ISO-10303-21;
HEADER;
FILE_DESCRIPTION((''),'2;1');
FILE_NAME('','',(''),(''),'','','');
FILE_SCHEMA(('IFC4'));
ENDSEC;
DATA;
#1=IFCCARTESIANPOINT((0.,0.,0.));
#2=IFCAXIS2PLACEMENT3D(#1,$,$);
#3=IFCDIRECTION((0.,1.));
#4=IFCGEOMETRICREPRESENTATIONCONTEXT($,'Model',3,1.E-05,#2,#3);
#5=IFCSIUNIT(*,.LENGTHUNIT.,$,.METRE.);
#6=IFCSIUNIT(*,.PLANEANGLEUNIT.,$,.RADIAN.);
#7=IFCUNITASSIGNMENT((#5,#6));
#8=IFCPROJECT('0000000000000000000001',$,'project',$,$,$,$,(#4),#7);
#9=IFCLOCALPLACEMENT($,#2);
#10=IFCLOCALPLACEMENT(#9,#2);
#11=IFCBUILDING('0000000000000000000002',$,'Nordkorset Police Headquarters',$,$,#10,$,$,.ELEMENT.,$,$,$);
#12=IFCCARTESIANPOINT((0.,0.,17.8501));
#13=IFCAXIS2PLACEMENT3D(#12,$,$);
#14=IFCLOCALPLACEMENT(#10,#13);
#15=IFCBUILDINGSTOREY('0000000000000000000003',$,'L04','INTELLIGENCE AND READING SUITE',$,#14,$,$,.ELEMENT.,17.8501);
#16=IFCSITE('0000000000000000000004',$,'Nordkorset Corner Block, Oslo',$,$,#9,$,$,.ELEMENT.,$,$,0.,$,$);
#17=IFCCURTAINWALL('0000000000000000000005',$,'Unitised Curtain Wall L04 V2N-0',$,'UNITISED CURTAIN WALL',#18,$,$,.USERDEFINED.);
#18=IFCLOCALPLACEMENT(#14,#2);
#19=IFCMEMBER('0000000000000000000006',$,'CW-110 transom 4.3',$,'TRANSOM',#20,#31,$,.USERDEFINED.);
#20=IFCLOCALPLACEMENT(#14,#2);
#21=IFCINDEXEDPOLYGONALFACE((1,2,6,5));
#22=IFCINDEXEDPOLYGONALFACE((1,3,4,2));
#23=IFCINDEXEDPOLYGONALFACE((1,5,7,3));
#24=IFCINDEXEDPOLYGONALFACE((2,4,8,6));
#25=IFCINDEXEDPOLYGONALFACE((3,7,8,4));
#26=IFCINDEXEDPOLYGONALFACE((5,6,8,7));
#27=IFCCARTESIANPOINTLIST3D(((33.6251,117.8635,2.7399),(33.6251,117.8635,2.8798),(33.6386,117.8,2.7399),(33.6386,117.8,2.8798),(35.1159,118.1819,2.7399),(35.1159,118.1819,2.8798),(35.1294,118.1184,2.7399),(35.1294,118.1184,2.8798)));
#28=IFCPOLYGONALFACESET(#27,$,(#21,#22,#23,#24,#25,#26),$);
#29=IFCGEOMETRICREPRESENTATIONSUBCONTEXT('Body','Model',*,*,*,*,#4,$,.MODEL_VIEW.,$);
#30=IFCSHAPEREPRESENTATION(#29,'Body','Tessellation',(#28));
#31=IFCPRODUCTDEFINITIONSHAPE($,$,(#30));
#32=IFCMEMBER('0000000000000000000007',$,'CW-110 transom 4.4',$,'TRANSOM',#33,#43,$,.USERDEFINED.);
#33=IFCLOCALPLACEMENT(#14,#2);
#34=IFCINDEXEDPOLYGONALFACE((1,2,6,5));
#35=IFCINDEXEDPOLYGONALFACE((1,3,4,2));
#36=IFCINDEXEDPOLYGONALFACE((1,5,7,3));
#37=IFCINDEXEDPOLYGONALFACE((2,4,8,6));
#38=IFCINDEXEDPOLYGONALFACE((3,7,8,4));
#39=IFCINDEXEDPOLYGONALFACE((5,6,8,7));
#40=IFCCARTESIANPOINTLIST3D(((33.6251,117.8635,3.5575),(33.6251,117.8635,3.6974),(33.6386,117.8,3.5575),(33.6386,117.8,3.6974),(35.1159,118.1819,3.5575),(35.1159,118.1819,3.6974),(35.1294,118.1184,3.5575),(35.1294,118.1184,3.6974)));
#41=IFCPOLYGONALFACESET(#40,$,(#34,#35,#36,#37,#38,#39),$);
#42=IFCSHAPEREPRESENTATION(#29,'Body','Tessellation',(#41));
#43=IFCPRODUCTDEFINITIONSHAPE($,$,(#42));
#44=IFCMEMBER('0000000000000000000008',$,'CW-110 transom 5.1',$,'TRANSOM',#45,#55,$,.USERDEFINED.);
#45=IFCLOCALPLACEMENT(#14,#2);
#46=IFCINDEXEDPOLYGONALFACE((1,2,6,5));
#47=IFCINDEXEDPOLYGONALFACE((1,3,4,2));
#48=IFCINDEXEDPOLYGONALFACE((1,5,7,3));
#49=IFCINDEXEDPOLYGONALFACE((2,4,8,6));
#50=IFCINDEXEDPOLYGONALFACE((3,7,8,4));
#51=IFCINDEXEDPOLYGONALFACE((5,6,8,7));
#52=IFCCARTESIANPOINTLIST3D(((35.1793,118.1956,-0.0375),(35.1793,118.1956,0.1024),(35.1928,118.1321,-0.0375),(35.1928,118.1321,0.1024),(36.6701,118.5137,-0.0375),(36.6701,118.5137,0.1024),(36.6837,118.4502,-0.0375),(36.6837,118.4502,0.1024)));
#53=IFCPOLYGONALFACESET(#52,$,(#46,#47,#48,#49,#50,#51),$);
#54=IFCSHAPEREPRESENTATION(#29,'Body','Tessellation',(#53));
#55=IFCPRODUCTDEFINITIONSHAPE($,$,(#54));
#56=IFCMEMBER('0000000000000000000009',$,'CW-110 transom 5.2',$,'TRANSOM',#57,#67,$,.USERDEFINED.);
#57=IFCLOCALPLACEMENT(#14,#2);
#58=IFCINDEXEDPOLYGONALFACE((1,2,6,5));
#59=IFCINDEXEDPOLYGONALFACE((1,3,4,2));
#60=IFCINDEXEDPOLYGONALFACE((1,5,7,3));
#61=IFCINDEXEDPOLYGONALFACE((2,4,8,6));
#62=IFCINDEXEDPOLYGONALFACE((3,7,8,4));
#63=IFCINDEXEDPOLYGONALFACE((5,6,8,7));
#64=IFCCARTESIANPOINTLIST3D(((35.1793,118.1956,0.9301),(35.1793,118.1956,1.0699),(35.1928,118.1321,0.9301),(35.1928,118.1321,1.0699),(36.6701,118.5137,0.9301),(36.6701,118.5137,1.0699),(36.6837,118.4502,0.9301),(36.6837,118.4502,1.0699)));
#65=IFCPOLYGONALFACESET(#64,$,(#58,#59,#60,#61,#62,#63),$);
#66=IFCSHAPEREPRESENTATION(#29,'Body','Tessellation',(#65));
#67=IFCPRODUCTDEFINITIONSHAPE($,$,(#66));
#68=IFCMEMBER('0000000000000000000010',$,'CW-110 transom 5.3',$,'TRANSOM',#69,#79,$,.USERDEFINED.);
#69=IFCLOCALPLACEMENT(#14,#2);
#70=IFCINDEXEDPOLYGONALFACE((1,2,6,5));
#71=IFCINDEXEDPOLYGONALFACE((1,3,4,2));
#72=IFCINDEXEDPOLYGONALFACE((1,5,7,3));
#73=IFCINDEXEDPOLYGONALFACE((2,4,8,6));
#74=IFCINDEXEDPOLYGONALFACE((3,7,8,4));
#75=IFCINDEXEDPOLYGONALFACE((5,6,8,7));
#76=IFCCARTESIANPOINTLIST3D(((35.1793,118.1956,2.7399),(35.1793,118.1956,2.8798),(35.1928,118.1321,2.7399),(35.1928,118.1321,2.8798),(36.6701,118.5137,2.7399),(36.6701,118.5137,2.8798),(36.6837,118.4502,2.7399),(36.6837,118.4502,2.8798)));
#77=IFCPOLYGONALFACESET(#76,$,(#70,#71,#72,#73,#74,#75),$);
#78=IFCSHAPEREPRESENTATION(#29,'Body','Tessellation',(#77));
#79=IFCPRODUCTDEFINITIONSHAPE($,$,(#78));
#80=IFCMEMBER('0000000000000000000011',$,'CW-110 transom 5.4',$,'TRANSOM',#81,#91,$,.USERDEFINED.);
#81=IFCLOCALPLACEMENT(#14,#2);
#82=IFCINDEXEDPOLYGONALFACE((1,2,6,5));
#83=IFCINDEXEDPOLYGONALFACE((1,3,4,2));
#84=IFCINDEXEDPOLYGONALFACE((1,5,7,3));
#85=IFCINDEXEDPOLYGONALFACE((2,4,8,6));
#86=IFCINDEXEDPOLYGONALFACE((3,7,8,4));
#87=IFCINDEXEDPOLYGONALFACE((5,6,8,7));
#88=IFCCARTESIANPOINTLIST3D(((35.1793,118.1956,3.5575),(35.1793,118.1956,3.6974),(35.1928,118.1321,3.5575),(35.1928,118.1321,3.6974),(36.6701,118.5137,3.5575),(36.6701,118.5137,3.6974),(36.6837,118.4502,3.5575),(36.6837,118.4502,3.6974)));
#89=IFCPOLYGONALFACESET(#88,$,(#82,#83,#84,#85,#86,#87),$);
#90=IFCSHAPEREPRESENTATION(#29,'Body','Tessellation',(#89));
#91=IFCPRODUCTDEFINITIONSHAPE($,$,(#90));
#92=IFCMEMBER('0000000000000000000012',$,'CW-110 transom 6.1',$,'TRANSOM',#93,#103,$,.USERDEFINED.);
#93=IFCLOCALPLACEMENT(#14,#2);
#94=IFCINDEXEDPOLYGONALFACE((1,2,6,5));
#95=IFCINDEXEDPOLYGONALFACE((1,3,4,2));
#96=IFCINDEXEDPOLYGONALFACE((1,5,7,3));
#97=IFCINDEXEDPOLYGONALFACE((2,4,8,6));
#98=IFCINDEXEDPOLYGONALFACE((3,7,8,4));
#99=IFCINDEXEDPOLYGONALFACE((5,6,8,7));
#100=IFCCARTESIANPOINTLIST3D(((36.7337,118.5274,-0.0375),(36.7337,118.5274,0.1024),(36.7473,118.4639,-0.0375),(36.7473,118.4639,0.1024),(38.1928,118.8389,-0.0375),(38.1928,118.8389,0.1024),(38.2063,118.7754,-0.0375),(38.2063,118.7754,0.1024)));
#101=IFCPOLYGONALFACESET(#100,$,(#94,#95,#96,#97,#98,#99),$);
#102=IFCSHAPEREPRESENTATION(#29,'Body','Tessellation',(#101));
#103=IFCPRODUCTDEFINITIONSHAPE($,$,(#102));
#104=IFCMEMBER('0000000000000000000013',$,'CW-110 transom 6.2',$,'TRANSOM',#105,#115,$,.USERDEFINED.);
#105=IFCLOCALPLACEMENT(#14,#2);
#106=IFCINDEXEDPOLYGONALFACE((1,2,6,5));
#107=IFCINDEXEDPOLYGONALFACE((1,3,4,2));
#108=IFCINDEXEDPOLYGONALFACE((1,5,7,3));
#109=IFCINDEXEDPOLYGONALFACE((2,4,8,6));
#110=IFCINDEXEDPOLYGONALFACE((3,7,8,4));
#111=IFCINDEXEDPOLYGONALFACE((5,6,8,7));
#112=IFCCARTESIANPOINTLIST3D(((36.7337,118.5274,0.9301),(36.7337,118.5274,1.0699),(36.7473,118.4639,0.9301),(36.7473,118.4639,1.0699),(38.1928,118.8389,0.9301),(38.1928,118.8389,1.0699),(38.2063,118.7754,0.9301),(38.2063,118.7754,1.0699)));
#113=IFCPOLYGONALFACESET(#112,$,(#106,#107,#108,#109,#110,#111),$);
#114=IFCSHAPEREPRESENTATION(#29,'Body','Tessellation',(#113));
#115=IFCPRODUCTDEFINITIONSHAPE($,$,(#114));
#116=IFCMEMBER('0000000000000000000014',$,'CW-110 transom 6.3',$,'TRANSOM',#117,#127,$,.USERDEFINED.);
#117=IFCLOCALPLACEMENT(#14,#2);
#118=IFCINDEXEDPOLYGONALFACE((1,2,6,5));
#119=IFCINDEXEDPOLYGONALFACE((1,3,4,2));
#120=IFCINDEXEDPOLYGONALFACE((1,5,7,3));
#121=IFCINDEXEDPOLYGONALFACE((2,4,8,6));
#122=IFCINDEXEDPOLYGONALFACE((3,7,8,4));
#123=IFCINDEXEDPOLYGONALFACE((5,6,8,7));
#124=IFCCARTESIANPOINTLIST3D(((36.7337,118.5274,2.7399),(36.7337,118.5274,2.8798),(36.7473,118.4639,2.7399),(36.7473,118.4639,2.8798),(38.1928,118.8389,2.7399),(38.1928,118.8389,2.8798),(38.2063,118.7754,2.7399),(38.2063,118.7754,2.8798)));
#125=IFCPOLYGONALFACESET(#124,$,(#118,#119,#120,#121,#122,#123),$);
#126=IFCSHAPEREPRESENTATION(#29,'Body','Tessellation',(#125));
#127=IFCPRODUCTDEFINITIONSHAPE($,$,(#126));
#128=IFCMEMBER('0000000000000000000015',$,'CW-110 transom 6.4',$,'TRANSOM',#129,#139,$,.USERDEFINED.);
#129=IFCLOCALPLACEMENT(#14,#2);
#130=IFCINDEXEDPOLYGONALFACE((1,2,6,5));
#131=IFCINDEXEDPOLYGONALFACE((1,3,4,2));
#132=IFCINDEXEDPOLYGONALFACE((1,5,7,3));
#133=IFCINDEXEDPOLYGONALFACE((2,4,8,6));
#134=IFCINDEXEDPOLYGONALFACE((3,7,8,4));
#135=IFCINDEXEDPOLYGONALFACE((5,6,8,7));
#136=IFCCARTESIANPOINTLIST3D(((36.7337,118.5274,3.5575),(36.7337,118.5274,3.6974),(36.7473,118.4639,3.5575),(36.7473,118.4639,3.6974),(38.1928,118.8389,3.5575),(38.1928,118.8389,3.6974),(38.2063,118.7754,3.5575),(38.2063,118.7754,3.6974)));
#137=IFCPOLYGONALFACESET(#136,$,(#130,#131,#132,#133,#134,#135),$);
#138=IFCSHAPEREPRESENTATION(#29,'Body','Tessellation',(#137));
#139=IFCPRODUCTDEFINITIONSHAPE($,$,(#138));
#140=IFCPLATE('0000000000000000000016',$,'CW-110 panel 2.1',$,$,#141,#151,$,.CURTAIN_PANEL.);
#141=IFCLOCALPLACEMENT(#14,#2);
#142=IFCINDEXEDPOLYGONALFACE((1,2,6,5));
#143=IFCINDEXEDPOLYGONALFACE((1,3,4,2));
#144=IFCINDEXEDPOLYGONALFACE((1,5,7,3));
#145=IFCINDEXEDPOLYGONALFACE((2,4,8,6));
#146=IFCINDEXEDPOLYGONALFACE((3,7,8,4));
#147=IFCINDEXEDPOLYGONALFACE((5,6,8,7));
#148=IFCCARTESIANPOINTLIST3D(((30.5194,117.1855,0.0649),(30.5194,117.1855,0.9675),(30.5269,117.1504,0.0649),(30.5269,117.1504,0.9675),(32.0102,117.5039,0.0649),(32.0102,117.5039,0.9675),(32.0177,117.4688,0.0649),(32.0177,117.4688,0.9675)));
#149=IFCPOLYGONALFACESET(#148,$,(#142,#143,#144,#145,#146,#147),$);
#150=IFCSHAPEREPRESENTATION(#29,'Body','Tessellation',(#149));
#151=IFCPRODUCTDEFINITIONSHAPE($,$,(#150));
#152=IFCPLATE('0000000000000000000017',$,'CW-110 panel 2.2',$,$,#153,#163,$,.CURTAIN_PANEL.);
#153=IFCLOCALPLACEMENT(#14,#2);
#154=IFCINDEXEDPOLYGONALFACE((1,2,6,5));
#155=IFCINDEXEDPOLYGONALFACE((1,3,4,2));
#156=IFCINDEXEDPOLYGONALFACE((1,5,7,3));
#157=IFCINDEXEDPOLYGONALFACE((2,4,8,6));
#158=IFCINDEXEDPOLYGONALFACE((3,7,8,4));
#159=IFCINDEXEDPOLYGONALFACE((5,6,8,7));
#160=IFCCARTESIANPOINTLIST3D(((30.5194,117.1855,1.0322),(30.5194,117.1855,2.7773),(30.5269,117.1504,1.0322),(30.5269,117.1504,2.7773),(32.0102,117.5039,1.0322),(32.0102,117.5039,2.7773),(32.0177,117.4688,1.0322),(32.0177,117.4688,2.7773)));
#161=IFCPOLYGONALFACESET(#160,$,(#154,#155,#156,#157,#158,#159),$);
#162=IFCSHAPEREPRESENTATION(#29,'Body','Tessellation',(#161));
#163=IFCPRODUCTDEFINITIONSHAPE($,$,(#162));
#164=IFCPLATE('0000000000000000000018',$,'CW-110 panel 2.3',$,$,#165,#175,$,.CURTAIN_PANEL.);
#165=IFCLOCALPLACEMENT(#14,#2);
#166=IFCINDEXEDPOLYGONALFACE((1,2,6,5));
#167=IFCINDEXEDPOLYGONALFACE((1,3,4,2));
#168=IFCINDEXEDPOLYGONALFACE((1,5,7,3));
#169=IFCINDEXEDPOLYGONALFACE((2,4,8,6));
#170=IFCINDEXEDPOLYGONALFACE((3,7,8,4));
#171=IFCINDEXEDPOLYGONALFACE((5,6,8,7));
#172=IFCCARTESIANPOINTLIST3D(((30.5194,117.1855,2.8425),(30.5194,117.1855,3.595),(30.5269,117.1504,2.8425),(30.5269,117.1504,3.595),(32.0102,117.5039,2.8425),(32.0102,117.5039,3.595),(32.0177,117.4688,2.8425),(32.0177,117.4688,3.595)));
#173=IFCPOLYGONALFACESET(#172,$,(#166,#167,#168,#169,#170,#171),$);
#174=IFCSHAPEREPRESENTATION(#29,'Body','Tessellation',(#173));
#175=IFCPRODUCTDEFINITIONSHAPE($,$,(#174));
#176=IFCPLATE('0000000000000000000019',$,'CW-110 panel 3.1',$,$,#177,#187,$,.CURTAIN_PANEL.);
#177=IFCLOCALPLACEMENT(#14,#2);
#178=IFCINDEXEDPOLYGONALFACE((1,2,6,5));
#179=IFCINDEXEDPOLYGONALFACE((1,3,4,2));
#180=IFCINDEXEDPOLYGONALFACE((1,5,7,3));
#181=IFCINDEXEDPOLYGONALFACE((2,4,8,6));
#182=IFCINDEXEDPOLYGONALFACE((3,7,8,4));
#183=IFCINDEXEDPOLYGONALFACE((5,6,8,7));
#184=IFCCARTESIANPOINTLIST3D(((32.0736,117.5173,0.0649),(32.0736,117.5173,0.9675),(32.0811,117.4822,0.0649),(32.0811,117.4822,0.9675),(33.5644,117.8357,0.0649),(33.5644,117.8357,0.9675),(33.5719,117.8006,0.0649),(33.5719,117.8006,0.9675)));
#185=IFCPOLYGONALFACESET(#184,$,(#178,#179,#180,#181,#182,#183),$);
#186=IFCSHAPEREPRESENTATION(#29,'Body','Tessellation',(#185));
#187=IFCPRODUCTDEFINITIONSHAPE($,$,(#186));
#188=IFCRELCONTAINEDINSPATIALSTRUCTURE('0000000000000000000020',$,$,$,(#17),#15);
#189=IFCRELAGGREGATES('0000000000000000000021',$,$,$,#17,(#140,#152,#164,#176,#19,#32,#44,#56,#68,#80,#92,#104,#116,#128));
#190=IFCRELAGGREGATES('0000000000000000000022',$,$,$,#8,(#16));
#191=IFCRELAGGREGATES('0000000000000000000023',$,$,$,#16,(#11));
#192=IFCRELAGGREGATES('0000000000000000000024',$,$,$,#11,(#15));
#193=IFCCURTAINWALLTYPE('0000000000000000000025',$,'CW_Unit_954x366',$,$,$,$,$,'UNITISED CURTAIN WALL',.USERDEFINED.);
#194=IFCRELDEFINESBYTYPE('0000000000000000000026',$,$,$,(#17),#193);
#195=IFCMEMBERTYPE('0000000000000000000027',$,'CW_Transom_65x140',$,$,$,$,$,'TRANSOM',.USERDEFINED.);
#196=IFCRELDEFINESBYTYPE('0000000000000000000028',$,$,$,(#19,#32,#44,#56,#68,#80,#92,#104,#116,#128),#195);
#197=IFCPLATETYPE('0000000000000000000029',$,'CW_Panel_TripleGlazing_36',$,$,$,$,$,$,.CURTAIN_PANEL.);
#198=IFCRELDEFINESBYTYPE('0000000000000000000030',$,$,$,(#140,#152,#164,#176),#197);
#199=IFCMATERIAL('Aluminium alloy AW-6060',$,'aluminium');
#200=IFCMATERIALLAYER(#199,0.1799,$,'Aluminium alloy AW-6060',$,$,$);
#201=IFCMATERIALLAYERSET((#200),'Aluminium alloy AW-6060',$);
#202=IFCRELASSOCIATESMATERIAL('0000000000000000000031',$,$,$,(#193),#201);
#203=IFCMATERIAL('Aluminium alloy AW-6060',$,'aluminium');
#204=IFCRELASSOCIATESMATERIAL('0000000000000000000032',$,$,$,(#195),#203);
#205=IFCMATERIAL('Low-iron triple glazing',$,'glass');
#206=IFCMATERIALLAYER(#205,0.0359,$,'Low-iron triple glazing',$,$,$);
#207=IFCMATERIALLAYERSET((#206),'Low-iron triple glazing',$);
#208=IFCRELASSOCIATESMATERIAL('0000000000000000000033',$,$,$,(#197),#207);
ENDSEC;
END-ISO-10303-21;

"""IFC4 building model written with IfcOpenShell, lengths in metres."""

from ifc_helpers import new_model, si_unit, direction, frame, origin, origin_2d, place, context, subcontext, project, spatial, rectangle, extrude, material, layer, layer_set, material_profile, profile_set, type_object, element, aggregate, save


model = new_model("IFC4")

# Units and contexts
model_context = context("Model", 3, precision=1e-05, world=origin(), true_north=direction((0.0, 1.0)))
body_context = subcontext(model_context, "Body", "Model", "MODEL_VIEW")
ifc_project = project(units=[si_unit("LENGTHUNIT", "METRE"), si_unit("PLANEANGLEUNIT", "RADIAN")], contexts=[model_context])

# Site, building, storey
site_placement = place(None, origin())
site = spatial("IfcSite", under=ifc_project, at=site_placement, Name="Nordkorset Corner Block, Oslo", CompositionType="ELEMENT", RefElevation=0.0)
building_placement = place(site_placement, origin())
building = spatial("IfcBuilding", under=site, at=building_placement, Name="Nordkorset Police Headquarters", CompositionType="ELEMENT")
storey_placement = place(building_placement, frame((0.0, 0.0, 17.8501)))
storey = spatial("IfcBuildingStorey", under=building, at=storey_placement, Name="L04", Description="INTELLIGENCE AND READING SUITE", CompositionType="ELEMENT", Elevation=17.8501)

# Curtain wall, members, plates
ifc_material_1 = material(Name="Aluminium alloy AW-6060", Category="aluminium")
ifc_layer_1 = layer(ifc_material_1, 0.1799, Name="Aluminium alloy AW-6060")
ifc_layer_set_1 = layer_set([ifc_layer_1], Name="Aluminium alloy AW-6060")
curtain_wall_type = type_object("IfcCurtainWallType", Name="CW_Unit_954x366", ElementType="UNITISED CURTAIN WALL", PredefinedType="USERDEFINED", material=ifc_layer_set_1)
curtain_wall_placement = place(storey_placement, origin())
curtain_wall = element("IfcCurtainWall", 1, at=curtain_wall_placement, inside=storey, type_object=curtain_wall_type, Name="Unitised Curtain Wall L04 V2N-0", ObjectType="UNITISED CURTAIN WALL", PredefinedType="USERDEFINED")
ifc_material_2 = material(Name="Aluminium alloy AW-6060", Category="aluminium")
ifc_material_profile_1 = material_profile(ifc_material_2, rectangle(XDim=0.0649, YDim=0.1399, at=origin_2d()), Name="ALU TRAN 65x140")
ifc_profile_set_1 = profile_set([ifc_material_profile_1], Name="Aluminium alloy AW-6060")
member_type_1 = type_object("IfcMemberType", Name="CW_Transom_65x140", ElementType="TRANSOM", PredefinedType="USERDEFINED", material=ifc_profile_set_1)
member_1_placement = place(storey_placement, frame((33.6318, 117.8318, 2.8098), z_axis=(0.977947, 0.208851, 0.0), x_axis=(-0.208851, 0.977947, 0.0)))
member_1 = element("IfcMember", 2, at=member_1_placement, type_object=member_type_1, Name="CW-110 transom 4.3", ObjectType="TRANSOM", PredefinedType="USERDEFINED", context=body_context, shape_type="SweptSolid", body=[
    extrude(rectangle(XDim=0.0649, YDim=0.1399, at=origin_2d()), origin(), (0.0, 0.0, 1.0), 1.5244),
])
member_2_placement = place(storey_placement, frame((33.6318, 117.8318, 3.6274), z_axis=(0.977947, 0.208851, 0.0), x_axis=(-0.208851, 0.977947, 0.0)))
member_2 = element("IfcMember", 3, at=member_2_placement, type_object=member_type_1, Name="CW-110 transom 4.4", ObjectType="TRANSOM", PredefinedType="USERDEFINED", context=body_context, shape_type="SweptSolid", body=[
    extrude(rectangle(XDim=0.0649, YDim=0.1399, at=origin_2d()), origin(), (0.0, 0.0, 1.0), 1.5244),
])
member_3_placement = place(storey_placement, frame((35.186, 118.1638, 0.0325), z_axis=(0.977987, 0.208665, 0.0), x_axis=(-0.208665, 0.977987, 0.0)))
member_3 = element("IfcMember", 4, at=member_3_placement, type_object=member_type_1, Name="CW-110 transom 5.1", ObjectType="TRANSOM", PredefinedType="USERDEFINED", context=body_context, shape_type="SweptSolid", body=[
    extrude(rectangle(XDim=0.0649, YDim=0.1399, at=origin_2d()), origin(), (0.0, 0.0, 1.0), 1.5244),
])
member_4_placement = place(storey_placement, frame((35.186, 118.1638, 1.0), z_axis=(0.977987, 0.208665, 0.0), x_axis=(-0.208665, 0.977987, 0.0)))
member_4 = element("IfcMember", 5, at=member_4_placement, type_object=member_type_1, Name="CW-110 transom 5.2", ObjectType="TRANSOM", PredefinedType="USERDEFINED", context=body_context, shape_type="SweptSolid", body=[
    extrude(rectangle(XDim=0.0649, YDim=0.1399, at=origin_2d()), origin(), (0.0, 0.0, 1.0), 1.5244),
])
member_5_placement = place(storey_placement, frame((35.186, 118.1638, 2.8098), z_axis=(0.977987, 0.208665, 0.0), x_axis=(-0.208665, 0.977987, 0.0)))
member_5 = element("IfcMember", 6, at=member_5_placement, type_object=member_type_1, Name="CW-110 transom 5.3", ObjectType="TRANSOM", PredefinedType="USERDEFINED", context=body_context, shape_type="SweptSolid", body=[
    extrude(rectangle(XDim=0.0649, YDim=0.1399, at=origin_2d()), origin(), (0.0, 0.0, 1.0), 1.5244),
])
member_6_placement = place(storey_placement, frame((35.186, 118.1638, 3.6274), z_axis=(0.977987, 0.208665, 0.0), x_axis=(-0.208665, 0.977987, 0.0)))
member_6 = element("IfcMember", 7, at=member_6_placement, type_object=member_type_1, Name="CW-110 transom 5.4", ObjectType="TRANSOM", PredefinedType="USERDEFINED", context=body_context, shape_type="SweptSolid", body=[
    extrude(rectangle(XDim=0.0649, YDim=0.1399, at=origin_2d()), origin(), (0.0, 0.0, 1.0), 1.5244),
])
member_7_placement = place(storey_placement, frame((36.7405, 118.4956, 0.0325), z_axis=(0.977955, 0.208814, 0.0), x_axis=(-0.208814, 0.977955, 0.0)))
member_7 = element("IfcMember", 8, at=member_7_placement, type_object=member_type_1, Name="CW-110 transom 6.1", ObjectType="TRANSOM", PredefinedType="USERDEFINED", context=body_context, shape_type="SweptSolid", body=[
    extrude(rectangle(XDim=0.0649, YDim=0.1399, at=origin_2d()), origin(), (0.0, 0.0, 1.0), 1.4919),
])
member_8_placement = place(storey_placement, frame((36.7405, 118.4956, 1.0), z_axis=(0.977955, 0.208814, 0.0), x_axis=(-0.208814, 0.977955, 0.0)))
member_8 = element("IfcMember", 9, at=member_8_placement, type_object=member_type_1, Name="CW-110 transom 6.2", ObjectType="TRANSOM", PredefinedType="USERDEFINED", context=body_context, shape_type="SweptSolid", body=[
    extrude(rectangle(XDim=0.0649, YDim=0.1399, at=origin_2d()), origin(), (0.0, 0.0, 1.0), 1.4919),
])
member_9_placement = place(storey_placement, frame((36.7405, 118.4956, 2.8098), z_axis=(0.977955, 0.208814, 0.0), x_axis=(-0.208814, 0.977955, 0.0)))
member_9 = element("IfcMember", 10, at=member_9_placement, type_object=member_type_1, Name="CW-110 transom 6.3", ObjectType="TRANSOM", PredefinedType="USERDEFINED", context=body_context, shape_type="SweptSolid", body=[
    extrude(rectangle(XDim=0.0649, YDim=0.1399, at=origin_2d()), origin(), (0.0, 0.0, 1.0), 1.4919),
])
member_10_placement = place(storey_placement, frame((36.7405, 118.4956, 3.6274), z_axis=(0.977955, 0.208814, 0.0), x_axis=(-0.208814, 0.977955, 0.0)))
member_10 = element("IfcMember", 11, at=member_10_placement, type_object=member_type_1, Name="CW-110 transom 6.4", ObjectType="TRANSOM", PredefinedType="USERDEFINED", context=body_context, shape_type="SweptSolid", body=[
    extrude(rectangle(XDim=0.0649, YDim=0.1399, at=origin_2d()), origin(), (0.0, 0.0, 1.0), 1.4919),
])
ifc_material_3 = material(Name="Low-iron triple glazing", Category="glass")
ifc_layer_2 = layer(ifc_material_3, 0.0359, Name="Low-iron triple glazing")
ifc_layer_set_2 = layer_set([ifc_layer_2], Name="Low-iron triple glazing")
plate_type = type_object("IfcPlateType", Name="CW_Panel_TripleGlazing_36", PredefinedType="CURTAIN_PANEL", material=ifc_layer_set_2)
plate_1_placement = place(storey_placement, frame((31.2686, 117.3271, 0.0649), z_axis=(0.0, 0.0, 1.0), x_axis=(0.977951, 0.208833, 0.0)))
plate_1 = element("IfcPlate", 12, at=plate_1_placement, type_object=plate_type, Name="CW-110 panel 2.1", PredefinedType="CURTAIN_PANEL", context=body_context, shape_type="SweptSolid", body=[
    extrude(rectangle(XDim=1.5244, YDim=0.0359, at=origin_2d()), origin(), (0.0, 0.0, 1.0), 0.9026),
])
plate_2_placement = place(storey_placement, frame((31.2686, 117.3271, 1.0322), z_axis=(0.0, 0.0, 1.0), x_axis=(0.977951, 0.208833, 0.0)))
plate_2 = element("IfcPlate", 13, at=plate_2_placement, type_object=plate_type, Name="CW-110 panel 2.2", PredefinedType="CURTAIN_PANEL", context=body_context, shape_type="SweptSolid", body=[
    extrude(rectangle(XDim=1.5244, YDim=0.0359, at=origin_2d()), origin(), (0.0, 0.0, 1.0), 1.7451),
])
plate_3_placement = place(storey_placement, frame((31.2686, 117.3271, 2.8425), z_axis=(0.0, 0.0, 1.0), x_axis=(0.977951, 0.208833, 0.0)))
plate_3 = element("IfcPlate", 14, at=plate_3_placement, type_object=plate_type, Name="CW-110 panel 2.3", PredefinedType="CURTAIN_PANEL", context=body_context, shape_type="SweptSolid", body=[
    extrude(rectangle(XDim=1.5244, YDim=0.0359, at=origin_2d()), origin(), (0.0, 0.0, 1.0), 0.7524),
])
plate_4_placement = place(storey_placement, frame((32.8228, 117.6589, 0.0649), z_axis=(0.0, 0.0, 1.0), x_axis=(0.977951, 0.208833, 0.0)))
plate_4 = element("IfcPlate", 15, at=plate_4_placement, type_object=plate_type, Name="CW-110 panel 3.1", PredefinedType="CURTAIN_PANEL", context=body_context, shape_type="SweptSolid", body=[
    extrude(rectangle(XDim=1.5244, YDim=0.0359, at=origin_2d()), origin(), (0.0, 0.0, 1.0), 0.9026),
])
aggregate(curtain_wall, [plate_1, plate_2, plate_3, plate_4, member_1, member_2, member_3, member_4, member_5, member_6, member_7, member_8, member_9, member_10])

save(model, "model.ifc")
